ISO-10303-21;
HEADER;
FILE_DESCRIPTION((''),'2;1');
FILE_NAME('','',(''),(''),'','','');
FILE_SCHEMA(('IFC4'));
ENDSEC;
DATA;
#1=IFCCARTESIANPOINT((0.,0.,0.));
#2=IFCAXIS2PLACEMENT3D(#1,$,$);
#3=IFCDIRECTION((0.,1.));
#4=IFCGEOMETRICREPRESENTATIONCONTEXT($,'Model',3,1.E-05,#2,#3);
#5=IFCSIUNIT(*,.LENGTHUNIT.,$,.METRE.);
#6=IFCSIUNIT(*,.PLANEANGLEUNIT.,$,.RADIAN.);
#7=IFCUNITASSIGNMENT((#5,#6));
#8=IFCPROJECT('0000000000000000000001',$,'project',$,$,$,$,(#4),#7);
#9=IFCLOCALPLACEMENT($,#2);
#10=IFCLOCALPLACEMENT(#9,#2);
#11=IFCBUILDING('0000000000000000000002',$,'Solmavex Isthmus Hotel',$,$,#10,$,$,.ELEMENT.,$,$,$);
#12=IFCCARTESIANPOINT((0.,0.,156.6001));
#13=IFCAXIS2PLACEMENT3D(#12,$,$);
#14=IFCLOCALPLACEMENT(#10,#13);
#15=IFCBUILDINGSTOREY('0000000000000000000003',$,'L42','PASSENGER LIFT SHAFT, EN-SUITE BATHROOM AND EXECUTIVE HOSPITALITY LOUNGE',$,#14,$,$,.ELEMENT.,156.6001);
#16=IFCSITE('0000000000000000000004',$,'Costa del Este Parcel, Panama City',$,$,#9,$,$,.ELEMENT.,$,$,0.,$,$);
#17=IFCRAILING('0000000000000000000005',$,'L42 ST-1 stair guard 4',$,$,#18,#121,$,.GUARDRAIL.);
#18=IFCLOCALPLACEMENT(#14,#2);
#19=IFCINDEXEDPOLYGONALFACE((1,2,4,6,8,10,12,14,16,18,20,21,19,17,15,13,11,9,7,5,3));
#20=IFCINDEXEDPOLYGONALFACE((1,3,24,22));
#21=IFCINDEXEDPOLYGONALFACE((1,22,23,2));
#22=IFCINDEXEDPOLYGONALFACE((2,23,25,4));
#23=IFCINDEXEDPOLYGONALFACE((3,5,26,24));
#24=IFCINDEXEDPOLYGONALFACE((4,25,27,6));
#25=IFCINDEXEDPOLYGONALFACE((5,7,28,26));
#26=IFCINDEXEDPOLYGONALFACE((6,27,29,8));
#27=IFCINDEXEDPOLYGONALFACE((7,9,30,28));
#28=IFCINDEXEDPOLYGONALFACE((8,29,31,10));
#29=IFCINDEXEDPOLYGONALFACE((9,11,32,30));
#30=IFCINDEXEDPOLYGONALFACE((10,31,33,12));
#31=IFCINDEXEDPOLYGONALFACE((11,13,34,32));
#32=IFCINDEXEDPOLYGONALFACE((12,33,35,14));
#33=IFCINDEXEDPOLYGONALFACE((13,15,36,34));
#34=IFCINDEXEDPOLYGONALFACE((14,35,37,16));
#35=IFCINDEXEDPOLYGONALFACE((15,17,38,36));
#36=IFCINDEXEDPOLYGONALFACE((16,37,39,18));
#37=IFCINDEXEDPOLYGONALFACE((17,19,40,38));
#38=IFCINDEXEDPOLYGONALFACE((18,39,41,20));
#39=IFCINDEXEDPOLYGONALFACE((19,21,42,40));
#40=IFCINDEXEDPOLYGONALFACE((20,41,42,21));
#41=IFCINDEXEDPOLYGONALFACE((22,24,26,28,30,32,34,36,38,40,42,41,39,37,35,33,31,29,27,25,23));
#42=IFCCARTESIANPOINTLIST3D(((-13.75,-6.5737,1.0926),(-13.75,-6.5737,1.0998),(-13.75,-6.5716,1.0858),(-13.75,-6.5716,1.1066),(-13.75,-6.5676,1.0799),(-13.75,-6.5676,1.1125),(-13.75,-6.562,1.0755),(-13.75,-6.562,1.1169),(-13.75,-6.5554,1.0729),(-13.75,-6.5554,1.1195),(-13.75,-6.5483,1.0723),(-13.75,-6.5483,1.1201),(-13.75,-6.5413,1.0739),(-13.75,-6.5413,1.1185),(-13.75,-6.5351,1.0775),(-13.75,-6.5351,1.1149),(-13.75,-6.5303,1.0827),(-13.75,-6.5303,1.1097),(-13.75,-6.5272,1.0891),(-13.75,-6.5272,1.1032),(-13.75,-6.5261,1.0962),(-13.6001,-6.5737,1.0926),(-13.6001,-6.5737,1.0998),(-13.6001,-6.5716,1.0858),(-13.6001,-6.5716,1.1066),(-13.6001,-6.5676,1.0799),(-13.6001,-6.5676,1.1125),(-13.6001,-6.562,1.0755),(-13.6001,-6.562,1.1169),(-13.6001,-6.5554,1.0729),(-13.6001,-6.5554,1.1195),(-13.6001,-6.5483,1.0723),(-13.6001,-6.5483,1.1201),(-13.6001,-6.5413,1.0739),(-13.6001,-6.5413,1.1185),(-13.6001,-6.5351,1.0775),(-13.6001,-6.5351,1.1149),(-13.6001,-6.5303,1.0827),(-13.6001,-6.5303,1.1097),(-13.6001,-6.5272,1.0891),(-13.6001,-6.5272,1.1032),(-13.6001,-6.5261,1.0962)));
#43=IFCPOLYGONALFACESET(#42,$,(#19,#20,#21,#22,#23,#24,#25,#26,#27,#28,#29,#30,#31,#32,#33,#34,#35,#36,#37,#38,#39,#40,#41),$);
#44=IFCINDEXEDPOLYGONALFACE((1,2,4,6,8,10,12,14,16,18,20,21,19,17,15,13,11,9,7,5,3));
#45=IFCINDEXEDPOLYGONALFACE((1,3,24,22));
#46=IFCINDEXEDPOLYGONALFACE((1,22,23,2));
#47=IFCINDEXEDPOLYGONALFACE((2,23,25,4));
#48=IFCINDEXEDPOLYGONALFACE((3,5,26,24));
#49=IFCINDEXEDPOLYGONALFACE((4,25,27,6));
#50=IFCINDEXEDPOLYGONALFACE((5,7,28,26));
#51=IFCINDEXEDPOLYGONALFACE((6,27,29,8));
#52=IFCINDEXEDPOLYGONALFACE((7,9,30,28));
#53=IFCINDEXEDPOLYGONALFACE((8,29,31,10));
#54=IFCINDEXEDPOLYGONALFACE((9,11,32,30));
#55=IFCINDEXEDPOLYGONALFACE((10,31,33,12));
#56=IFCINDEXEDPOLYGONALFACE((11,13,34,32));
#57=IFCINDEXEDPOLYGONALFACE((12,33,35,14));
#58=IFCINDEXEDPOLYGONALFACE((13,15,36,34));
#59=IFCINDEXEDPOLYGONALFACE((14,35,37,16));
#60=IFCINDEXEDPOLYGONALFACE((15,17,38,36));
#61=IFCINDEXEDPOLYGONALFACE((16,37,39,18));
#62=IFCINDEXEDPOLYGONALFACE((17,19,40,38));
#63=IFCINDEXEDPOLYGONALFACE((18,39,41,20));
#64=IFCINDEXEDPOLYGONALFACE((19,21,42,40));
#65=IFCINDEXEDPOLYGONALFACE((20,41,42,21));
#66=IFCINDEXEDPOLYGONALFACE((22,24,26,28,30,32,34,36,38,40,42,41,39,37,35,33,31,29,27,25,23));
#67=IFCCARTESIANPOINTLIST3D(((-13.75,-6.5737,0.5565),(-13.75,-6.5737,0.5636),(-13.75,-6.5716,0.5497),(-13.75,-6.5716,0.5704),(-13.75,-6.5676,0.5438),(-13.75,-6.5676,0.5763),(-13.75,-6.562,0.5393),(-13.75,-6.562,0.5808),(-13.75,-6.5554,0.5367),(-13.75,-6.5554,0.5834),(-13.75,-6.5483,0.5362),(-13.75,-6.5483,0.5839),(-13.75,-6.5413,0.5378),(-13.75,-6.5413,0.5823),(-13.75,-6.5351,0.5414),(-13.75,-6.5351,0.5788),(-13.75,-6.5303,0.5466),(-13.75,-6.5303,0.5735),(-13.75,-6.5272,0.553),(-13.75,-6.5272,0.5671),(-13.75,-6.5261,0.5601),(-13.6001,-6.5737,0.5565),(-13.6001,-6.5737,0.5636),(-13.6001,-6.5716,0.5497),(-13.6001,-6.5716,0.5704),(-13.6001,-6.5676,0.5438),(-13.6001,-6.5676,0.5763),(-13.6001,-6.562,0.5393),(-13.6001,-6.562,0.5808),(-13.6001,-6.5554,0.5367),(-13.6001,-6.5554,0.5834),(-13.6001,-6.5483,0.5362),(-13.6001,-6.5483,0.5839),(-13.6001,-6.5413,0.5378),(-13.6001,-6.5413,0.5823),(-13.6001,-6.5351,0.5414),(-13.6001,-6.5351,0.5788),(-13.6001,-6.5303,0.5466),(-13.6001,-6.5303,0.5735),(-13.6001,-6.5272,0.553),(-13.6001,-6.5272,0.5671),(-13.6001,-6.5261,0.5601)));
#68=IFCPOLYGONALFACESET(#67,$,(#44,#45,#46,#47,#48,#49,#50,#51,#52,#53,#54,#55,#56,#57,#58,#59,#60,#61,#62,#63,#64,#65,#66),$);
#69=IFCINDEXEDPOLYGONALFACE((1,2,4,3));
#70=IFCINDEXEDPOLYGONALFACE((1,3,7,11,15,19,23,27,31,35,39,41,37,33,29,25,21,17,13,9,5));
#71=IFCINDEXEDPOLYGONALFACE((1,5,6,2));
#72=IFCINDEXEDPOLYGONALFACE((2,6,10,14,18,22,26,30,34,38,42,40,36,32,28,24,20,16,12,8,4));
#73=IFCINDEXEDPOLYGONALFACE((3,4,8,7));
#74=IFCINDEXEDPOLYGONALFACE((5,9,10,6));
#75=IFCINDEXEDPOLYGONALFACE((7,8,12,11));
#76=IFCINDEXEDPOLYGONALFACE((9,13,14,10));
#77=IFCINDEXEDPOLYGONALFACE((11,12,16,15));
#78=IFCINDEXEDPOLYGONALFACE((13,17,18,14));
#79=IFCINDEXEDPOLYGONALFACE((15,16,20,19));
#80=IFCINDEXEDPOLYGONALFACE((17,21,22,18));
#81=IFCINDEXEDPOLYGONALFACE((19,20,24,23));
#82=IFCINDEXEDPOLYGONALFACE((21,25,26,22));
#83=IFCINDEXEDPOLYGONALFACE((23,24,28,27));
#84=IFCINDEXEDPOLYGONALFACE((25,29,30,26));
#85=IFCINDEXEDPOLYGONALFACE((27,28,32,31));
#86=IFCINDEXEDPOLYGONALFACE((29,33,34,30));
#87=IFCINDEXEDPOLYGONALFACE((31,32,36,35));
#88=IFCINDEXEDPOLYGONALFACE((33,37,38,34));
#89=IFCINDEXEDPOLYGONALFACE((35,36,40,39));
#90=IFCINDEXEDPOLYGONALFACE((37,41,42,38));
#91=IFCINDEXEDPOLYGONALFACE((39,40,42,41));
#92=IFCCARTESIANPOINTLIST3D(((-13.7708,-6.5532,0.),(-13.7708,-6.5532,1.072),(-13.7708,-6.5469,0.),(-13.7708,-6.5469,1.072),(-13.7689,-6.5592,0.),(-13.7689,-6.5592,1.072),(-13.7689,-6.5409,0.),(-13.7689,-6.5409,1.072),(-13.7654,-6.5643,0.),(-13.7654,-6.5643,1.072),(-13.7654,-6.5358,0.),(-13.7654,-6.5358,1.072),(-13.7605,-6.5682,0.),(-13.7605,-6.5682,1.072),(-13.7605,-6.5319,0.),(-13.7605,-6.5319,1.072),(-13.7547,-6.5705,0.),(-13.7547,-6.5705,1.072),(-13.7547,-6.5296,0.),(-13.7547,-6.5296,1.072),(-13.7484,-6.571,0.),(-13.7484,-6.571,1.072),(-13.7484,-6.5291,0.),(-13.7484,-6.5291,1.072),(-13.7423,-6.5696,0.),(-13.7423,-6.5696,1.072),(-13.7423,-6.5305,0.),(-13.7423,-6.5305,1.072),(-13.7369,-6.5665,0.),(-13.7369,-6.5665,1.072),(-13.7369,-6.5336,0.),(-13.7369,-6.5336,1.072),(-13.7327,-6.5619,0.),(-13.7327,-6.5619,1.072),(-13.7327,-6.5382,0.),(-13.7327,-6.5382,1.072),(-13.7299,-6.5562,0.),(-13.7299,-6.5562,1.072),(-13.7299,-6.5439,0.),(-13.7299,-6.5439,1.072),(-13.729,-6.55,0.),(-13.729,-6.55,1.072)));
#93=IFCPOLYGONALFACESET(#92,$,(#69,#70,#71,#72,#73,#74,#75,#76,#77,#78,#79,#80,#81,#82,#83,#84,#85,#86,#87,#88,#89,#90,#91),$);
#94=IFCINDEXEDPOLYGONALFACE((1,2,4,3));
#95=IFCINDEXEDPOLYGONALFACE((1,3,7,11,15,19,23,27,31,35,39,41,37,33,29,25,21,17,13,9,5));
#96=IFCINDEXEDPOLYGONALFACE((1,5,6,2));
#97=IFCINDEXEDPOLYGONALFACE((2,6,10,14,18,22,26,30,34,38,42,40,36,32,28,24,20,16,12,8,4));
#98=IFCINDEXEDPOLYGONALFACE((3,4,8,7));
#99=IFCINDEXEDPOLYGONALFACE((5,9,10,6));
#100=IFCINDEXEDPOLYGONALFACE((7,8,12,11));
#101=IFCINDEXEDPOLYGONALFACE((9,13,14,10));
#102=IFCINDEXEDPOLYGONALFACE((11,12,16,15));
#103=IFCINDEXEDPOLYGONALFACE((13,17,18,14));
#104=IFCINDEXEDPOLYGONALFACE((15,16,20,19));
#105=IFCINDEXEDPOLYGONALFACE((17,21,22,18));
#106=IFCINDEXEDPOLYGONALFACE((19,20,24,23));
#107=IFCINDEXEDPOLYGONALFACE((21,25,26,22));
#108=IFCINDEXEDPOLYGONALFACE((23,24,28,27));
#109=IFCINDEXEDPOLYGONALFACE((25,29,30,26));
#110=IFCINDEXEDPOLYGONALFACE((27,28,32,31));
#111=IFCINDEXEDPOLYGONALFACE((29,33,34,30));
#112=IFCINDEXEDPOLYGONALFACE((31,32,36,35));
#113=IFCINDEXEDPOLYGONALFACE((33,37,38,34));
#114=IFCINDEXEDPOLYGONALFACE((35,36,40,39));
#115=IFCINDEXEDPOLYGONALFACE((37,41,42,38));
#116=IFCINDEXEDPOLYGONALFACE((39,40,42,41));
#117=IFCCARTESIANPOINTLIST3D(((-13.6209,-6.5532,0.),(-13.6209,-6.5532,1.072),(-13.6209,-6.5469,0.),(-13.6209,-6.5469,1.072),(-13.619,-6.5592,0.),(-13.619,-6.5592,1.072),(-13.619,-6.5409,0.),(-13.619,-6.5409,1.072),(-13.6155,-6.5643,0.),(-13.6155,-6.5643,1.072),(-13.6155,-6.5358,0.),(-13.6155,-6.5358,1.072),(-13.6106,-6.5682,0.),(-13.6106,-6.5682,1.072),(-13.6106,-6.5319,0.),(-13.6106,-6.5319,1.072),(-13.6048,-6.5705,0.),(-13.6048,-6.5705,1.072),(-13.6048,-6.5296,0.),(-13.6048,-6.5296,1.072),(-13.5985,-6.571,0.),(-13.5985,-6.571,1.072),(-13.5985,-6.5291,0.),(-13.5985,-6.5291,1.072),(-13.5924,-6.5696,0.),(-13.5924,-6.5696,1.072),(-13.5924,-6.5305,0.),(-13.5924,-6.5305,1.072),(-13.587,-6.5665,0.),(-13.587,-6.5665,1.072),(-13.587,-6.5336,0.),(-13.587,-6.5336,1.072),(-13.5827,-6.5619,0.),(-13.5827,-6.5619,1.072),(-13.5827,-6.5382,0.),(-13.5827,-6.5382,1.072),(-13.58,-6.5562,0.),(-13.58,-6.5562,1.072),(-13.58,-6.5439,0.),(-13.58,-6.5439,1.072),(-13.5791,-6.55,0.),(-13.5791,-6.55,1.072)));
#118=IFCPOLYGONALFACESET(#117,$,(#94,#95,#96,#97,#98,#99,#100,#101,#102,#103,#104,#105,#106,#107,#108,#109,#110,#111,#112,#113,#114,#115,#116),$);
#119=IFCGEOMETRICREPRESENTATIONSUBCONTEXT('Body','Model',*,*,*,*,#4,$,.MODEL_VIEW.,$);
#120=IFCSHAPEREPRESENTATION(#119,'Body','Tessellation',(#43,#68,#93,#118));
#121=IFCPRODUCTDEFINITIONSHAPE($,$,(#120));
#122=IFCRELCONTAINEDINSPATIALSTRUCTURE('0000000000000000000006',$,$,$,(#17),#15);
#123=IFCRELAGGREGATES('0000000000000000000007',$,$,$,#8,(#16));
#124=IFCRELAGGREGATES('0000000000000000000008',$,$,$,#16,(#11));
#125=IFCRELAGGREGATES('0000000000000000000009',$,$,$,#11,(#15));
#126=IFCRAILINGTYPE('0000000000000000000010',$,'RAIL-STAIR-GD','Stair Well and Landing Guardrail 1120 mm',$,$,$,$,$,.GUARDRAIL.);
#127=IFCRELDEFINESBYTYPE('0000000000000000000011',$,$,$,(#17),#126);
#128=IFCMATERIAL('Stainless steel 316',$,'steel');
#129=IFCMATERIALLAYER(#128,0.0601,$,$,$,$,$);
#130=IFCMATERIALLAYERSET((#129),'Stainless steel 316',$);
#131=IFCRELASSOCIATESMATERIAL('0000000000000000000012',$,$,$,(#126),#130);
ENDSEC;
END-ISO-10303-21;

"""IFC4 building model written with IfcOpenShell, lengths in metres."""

from ifc_helpers import new_model, si_unit, direction, frame, origin, origin_2d, place, context, subcontext, project, spatial, circle, extrude, material, layer, layer_set, type_object, element, save


model = new_model("IFC4")

# Units and contexts
model_context = context("Model", 3, precision=1e-05, world=origin(), true_north=direction((0.0, 1.0)))
body_context = subcontext(model_context, "Body", "Model", "MODEL_VIEW")
ifc_project = project(units=[si_unit("LENGTHUNIT", "METRE"), si_unit("PLANEANGLEUNIT", "RADIAN")], contexts=[model_context])

# Site, building, storey
site_placement = place(None, origin())
site = spatial("IfcSite", under=ifc_project, at=site_placement, Name="Costa del Este Parcel, Panama City", CompositionType="ELEMENT", RefElevation=0.0)
building_placement = place(site_placement, origin())
building = spatial("IfcBuilding", under=site, at=building_placement, Name="Solmavex Isthmus Hotel", CompositionType="ELEMENT")
storey_placement = place(building_placement, frame((0.0, 0.0, 156.6001)))
storey = spatial("IfcBuildingStorey", under=building, at=storey_placement, Name="L42", Description="PASSENGER LIFT SHAFT, EN-SUITE BATHROOM AND EXECUTIVE HOSPITALITY LOUNGE", CompositionType="ELEMENT", Elevation=156.6001)

# Shared definitions
ifc_material_1 = material(Name="Stainless steel 316", Category="steel")

# Railing
ifc_layer_1 = layer(ifc_material_1, 0.0601)
ifc_layer_set_1 = layer_set([ifc_layer_1], Name="Stainless steel 316")
railing_type_1 = type_object("IfcRailingType", Name="RAIL-STAIR-GD", Description="Stair Well and Landing Guardrail 1120 mm", PredefinedType="GUARDRAIL", material=ifc_layer_set_1)
railing_1_placement = place(storey_placement, frame((-13.75, -6.55, 0.0)))
element("IfcRailing", 1, at=railing_1_placement, inside=storey, type_object=railing_type_1, Name="L42 ST-1 stair guard 4", PredefinedType="GUARDRAIL", context=body_context, shape_type="SweptSolid", body=[
    extrude(circle(Radius=0.0239, at=origin_2d()), frame((0.0, 0.0, 1.0962), z_axis=(1.0, 0.0, 0.0), x_axis=(0.0, 1.0, 0.0)), (0.0, 0.0, 1.0), 0.1499),
    extrude(circle(Radius=0.0239, at=origin_2d()), frame((0.0, 0.0, 0.5601), z_axis=(1.0, 0.0, 0.0), x_axis=(0.0, 1.0, 0.0)), (0.0, 0.0, 1.0), 0.1499),
    extrude(circle(Radius=0.021, at=origin_2d()), origin(), (0.0, 0.0, 1.0), 1.072),
    extrude(circle(Radius=0.021, at=origin_2d()), frame((0.1499, 0.0, 0.0)), (0.0, 0.0, 1.0), 1.072),
])

save(model, "model.ifc")
